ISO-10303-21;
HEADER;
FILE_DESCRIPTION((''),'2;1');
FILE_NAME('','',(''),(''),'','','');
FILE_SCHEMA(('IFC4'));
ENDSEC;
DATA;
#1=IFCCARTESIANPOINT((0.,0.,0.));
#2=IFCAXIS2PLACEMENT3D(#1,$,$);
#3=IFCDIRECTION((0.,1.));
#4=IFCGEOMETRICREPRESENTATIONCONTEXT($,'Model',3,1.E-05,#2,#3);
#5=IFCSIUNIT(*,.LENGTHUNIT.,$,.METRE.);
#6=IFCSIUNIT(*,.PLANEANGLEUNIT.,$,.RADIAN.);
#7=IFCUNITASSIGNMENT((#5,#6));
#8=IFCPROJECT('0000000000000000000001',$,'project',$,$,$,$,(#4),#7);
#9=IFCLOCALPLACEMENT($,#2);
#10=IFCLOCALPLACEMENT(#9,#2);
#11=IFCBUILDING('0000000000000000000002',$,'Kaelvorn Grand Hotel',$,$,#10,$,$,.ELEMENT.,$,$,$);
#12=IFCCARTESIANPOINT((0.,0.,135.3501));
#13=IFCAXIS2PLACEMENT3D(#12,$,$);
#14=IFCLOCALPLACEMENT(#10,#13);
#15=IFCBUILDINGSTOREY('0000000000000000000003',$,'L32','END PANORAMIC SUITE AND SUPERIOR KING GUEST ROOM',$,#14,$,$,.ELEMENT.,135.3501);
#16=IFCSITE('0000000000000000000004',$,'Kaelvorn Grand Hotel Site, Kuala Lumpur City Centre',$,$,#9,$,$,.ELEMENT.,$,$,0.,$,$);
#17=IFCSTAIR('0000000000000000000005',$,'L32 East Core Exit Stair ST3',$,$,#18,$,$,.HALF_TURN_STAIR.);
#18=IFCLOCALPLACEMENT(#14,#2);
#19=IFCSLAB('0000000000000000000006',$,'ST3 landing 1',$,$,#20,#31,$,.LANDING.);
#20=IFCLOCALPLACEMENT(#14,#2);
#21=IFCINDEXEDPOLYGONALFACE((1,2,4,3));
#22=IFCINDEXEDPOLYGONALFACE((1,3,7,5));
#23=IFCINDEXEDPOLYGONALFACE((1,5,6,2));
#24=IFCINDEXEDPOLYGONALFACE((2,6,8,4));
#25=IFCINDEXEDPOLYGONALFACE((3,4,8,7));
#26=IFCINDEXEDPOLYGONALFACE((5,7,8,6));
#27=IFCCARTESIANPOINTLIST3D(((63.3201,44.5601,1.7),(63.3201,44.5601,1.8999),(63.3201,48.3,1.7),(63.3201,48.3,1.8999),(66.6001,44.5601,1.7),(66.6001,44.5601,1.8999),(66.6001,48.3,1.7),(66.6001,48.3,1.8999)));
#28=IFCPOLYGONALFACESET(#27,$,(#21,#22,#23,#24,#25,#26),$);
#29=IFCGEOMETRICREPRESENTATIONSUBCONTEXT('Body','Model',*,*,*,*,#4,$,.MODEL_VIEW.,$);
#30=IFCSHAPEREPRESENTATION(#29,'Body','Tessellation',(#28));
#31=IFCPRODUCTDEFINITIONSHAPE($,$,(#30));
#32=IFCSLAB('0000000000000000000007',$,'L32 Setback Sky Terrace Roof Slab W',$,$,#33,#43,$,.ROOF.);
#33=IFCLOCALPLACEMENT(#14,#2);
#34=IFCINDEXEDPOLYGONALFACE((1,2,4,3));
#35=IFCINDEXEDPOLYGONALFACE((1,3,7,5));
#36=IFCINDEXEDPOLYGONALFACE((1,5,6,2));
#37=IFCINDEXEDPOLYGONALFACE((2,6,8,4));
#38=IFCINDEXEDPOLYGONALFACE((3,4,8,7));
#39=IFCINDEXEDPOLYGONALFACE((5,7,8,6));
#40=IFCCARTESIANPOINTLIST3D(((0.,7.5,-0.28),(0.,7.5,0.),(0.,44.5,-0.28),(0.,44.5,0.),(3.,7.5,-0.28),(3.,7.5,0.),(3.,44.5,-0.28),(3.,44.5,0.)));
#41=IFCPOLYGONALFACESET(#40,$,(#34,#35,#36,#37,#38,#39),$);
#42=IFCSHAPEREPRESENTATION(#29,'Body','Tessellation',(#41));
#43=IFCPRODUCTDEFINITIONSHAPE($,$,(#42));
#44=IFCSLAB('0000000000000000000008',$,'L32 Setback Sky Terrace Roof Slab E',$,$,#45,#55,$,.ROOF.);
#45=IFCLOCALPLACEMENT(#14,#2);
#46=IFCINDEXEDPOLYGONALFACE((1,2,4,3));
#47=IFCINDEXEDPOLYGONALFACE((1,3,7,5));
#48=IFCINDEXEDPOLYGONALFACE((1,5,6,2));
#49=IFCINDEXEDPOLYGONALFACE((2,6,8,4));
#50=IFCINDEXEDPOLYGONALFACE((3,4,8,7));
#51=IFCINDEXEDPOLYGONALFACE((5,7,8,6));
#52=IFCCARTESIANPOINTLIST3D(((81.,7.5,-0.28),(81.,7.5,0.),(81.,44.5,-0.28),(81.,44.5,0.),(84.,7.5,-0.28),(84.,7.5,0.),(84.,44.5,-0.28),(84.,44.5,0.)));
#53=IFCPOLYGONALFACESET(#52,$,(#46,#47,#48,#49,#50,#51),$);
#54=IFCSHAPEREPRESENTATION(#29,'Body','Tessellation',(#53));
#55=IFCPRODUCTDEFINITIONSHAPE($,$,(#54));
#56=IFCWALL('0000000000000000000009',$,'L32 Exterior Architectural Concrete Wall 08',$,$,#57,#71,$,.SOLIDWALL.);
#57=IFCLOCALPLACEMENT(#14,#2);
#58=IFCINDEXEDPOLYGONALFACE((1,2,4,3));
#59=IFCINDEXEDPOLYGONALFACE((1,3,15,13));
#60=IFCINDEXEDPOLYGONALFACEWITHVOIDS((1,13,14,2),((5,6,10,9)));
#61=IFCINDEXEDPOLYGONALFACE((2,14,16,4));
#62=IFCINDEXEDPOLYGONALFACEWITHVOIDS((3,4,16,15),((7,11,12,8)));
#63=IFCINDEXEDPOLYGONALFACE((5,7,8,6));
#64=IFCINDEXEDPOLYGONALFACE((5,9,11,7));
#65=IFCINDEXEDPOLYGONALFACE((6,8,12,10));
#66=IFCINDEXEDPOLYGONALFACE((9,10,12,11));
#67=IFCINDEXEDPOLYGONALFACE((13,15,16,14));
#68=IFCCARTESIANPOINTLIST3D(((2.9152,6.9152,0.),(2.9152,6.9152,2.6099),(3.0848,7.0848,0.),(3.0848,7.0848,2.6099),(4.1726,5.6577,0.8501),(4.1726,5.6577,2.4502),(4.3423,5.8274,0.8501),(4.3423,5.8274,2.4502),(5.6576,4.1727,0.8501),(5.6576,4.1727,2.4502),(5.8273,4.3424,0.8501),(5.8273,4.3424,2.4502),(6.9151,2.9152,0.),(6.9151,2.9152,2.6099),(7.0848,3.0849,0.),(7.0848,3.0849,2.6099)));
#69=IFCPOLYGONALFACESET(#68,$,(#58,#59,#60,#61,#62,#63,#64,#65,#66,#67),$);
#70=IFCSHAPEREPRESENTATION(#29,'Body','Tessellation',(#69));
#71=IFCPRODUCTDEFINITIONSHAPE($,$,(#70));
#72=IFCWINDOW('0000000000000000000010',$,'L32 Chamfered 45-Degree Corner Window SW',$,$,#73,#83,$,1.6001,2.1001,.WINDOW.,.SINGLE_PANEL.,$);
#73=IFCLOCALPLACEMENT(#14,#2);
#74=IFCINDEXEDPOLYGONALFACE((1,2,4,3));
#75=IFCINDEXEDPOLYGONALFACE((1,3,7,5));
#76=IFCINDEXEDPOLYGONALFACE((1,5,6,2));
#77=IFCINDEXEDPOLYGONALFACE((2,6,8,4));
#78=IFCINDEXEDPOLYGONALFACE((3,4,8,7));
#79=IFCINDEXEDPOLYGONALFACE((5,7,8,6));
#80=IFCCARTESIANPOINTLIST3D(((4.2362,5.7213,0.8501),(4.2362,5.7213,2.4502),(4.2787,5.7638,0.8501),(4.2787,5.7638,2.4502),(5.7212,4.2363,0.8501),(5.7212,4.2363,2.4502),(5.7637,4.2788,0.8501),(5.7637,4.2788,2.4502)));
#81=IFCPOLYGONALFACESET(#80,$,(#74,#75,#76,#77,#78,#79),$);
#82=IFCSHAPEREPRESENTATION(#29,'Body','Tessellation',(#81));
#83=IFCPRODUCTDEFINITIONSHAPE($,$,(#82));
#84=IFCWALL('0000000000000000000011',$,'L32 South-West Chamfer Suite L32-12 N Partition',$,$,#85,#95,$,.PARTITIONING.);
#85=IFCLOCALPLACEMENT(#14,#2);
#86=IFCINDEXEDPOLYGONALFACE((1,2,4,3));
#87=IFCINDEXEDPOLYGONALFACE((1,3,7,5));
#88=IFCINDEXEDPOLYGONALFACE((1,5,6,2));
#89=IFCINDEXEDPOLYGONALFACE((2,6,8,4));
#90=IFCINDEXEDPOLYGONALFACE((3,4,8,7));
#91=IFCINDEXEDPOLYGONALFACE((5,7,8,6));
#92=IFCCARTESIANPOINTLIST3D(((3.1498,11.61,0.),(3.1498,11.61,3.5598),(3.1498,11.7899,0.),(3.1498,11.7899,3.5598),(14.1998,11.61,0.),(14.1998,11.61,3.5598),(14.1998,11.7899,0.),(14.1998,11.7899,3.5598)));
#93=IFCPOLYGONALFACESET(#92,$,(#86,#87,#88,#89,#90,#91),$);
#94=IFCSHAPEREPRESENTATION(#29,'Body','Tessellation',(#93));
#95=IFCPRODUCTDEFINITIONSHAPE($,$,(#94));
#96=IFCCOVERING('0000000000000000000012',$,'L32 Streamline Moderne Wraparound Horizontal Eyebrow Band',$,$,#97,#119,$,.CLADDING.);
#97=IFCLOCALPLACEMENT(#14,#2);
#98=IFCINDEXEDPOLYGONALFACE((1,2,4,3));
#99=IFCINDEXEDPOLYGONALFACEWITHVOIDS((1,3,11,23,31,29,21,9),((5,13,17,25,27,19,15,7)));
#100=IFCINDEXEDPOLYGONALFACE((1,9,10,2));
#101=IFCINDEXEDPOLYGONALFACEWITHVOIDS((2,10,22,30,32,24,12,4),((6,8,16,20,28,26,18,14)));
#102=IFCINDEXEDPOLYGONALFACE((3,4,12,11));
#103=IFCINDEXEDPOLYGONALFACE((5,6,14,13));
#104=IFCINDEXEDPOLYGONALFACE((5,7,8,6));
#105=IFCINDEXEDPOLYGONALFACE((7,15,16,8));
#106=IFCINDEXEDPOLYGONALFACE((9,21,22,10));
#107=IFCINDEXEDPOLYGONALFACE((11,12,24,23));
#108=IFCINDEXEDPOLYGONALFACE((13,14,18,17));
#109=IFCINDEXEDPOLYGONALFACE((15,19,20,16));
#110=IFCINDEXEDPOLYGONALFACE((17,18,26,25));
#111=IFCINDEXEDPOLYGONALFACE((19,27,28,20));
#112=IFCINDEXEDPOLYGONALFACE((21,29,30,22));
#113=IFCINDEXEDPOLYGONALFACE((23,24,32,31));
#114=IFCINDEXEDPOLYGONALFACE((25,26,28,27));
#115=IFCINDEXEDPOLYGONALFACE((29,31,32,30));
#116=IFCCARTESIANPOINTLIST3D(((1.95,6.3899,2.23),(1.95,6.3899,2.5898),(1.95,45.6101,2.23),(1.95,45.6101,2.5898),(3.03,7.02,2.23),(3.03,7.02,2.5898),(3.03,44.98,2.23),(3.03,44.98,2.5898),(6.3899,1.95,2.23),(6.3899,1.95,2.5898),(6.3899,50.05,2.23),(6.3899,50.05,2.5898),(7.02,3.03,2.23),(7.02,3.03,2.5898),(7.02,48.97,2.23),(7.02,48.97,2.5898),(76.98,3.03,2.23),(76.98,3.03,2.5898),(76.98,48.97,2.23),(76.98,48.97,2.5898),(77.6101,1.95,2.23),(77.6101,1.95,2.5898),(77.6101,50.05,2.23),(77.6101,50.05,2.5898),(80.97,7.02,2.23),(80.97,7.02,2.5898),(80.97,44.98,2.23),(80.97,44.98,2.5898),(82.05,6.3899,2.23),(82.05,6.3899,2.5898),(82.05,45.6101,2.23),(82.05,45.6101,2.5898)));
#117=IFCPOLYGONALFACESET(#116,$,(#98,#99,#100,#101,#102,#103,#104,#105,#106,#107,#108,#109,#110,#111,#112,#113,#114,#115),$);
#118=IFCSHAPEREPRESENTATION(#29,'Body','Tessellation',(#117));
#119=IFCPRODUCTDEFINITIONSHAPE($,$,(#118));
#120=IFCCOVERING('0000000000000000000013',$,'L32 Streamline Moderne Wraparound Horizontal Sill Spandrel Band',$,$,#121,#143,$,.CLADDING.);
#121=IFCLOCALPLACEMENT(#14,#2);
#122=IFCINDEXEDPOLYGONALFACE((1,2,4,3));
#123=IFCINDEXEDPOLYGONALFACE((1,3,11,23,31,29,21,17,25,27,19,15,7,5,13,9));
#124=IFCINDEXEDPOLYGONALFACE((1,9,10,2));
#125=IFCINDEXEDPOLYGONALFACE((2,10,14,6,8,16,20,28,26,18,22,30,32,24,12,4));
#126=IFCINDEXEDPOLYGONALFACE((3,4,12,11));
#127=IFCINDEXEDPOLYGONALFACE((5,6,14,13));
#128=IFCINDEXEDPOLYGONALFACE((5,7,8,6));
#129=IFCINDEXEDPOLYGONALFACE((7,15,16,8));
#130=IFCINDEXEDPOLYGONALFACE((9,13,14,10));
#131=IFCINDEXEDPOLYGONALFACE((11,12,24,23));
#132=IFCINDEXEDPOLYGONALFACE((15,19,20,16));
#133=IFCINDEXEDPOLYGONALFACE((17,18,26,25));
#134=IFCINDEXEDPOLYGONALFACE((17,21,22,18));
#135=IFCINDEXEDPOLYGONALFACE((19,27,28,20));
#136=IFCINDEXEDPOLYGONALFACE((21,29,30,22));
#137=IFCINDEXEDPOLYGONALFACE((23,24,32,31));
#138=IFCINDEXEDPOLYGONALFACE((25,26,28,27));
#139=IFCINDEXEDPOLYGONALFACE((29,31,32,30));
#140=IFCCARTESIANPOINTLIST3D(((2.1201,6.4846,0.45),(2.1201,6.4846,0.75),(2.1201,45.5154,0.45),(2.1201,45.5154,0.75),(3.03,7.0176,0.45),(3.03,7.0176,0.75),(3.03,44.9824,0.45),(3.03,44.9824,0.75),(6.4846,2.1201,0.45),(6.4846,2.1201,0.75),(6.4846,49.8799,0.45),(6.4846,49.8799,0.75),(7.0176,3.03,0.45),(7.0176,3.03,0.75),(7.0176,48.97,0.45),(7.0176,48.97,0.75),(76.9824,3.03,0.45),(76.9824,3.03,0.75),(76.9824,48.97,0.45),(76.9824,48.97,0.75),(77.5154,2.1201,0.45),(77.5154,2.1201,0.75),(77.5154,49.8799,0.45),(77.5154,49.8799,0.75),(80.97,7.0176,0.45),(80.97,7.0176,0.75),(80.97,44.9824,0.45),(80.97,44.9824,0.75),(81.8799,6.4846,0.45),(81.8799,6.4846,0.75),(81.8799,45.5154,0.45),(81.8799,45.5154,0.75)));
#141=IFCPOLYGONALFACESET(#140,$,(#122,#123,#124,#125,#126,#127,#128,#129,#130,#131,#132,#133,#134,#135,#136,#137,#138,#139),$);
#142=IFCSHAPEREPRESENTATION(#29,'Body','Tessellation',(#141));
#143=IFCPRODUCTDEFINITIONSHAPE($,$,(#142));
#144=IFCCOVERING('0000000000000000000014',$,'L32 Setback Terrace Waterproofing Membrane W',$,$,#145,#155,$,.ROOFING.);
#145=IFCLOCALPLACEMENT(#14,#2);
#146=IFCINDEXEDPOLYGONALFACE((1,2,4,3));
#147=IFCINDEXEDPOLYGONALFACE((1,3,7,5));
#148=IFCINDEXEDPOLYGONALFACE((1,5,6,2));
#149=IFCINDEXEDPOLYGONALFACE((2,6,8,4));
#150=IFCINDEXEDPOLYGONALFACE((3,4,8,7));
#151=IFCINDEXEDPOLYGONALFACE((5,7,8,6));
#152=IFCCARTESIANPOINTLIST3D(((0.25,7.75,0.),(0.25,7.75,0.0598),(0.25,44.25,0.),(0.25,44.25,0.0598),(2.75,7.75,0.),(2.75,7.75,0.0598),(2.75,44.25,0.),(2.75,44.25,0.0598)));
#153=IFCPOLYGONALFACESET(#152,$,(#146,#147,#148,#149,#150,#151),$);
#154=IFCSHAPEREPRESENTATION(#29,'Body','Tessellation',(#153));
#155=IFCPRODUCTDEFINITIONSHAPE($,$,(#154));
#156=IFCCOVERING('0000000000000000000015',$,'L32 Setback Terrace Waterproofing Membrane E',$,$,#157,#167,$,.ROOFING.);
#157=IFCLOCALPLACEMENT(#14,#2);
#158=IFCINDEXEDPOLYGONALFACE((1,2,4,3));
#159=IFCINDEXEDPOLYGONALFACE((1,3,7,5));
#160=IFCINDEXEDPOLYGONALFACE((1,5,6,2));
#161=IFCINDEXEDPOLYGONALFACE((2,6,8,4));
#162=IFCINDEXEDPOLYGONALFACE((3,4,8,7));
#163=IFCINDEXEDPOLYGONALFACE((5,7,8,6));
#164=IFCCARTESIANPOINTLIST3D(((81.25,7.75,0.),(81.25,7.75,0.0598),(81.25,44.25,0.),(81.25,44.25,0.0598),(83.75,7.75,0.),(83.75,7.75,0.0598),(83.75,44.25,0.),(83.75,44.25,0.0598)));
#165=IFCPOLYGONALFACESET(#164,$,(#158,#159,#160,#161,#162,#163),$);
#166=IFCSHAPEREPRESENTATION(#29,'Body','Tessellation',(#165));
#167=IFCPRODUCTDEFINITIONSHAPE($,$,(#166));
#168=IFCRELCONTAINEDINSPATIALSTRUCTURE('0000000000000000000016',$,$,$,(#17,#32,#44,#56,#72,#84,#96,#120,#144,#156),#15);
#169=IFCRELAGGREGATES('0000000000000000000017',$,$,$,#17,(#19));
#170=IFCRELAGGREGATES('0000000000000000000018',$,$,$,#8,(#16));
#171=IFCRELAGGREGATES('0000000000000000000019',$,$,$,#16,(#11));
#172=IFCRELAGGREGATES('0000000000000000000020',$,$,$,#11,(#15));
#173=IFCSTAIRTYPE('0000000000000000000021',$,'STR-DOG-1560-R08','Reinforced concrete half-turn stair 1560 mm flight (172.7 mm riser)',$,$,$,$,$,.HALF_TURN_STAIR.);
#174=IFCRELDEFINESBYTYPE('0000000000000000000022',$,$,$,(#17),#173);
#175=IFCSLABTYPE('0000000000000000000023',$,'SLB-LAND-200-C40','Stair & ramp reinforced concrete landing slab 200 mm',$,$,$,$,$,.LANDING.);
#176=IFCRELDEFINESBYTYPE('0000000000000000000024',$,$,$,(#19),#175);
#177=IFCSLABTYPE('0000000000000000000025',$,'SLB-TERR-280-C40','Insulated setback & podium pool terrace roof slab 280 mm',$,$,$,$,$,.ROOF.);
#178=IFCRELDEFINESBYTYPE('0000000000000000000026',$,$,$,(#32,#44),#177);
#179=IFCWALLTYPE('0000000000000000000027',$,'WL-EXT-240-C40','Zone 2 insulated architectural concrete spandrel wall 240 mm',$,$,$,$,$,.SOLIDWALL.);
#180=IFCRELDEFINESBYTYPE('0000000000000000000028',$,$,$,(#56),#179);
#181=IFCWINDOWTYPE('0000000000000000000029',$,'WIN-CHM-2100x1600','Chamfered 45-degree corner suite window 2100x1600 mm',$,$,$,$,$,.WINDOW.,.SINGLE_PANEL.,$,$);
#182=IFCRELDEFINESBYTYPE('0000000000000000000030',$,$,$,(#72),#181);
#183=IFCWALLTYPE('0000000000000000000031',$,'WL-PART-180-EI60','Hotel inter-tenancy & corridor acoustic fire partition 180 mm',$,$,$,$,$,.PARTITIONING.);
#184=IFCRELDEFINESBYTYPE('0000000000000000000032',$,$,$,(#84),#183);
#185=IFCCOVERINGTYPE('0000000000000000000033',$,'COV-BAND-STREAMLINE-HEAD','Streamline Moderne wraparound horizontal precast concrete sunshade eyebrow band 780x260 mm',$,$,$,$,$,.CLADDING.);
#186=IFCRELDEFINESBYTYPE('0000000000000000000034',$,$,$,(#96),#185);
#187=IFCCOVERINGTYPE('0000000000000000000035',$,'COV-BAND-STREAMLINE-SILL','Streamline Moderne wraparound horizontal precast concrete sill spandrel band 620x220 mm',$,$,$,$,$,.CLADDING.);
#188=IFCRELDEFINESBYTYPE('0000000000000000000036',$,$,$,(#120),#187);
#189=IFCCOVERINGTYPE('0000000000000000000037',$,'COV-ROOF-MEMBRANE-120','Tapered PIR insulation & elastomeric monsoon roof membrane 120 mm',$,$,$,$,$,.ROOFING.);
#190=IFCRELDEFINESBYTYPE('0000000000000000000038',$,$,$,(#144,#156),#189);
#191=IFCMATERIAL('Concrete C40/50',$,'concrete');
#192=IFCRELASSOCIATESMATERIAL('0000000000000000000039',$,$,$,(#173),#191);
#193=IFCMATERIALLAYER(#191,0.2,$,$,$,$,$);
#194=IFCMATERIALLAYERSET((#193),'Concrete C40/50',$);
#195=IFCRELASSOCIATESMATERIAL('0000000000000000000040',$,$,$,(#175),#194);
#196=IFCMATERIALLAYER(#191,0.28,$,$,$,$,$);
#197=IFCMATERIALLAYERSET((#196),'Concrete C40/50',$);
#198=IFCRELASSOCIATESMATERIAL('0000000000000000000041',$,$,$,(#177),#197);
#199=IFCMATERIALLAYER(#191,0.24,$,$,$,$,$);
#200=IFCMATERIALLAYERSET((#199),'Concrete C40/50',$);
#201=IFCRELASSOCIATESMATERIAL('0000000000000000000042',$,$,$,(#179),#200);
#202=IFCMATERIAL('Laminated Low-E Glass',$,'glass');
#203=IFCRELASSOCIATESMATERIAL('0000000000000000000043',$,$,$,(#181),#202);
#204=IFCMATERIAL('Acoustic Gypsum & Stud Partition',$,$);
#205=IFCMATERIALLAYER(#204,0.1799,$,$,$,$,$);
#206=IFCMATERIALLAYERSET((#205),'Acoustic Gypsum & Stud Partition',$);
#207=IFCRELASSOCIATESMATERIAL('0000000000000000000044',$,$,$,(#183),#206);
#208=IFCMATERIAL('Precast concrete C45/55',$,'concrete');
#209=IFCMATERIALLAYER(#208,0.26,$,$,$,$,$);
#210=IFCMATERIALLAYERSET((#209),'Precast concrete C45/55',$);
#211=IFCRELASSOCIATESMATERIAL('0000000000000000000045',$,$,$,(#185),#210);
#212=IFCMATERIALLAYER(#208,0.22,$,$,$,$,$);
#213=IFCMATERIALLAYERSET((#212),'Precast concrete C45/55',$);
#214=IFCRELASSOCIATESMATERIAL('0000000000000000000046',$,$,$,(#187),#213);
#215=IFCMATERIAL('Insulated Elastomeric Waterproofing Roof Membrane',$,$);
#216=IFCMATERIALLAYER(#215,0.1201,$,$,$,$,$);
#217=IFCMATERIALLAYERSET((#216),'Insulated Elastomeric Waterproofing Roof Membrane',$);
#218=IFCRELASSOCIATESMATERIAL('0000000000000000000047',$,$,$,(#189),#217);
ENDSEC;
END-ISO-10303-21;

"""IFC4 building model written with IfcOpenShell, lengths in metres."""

from ifc_helpers import new_model, si_unit, direction, frame, frame_2d, origin, place, context, subcontext, project, spatial, polyline, rectangle, outline, extrude, material, layer, layer_set, type_object, element, fill, aggregate, save


model = new_model("IFC4")

# Units and contexts
model_context = context("Model", 3, precision=1e-05, world=origin(), true_north=direction((0.0, 1.0)))
body_context = subcontext(model_context, "Body", "Model", "MODEL_VIEW")
ifc_project = project(units=[si_unit("LENGTHUNIT", "METRE"), si_unit("PLANEANGLEUNIT", "RADIAN")], contexts=[model_context])

# Site, building, storey
site_placement = place(None, origin())
site = spatial("IfcSite", under=ifc_project, at=site_placement, Name="Kaelvorn Grand Hotel Site, Kuala Lumpur City Centre", CompositionType="ELEMENT", RefElevation=0.0)
building_placement = place(site_placement, origin())
building = spatial("IfcBuilding", under=site, at=building_placement, Name="Kaelvorn Grand Hotel", CompositionType="ELEMENT")
storey_placement = place(building_placement, frame((0.0, 0.0, 135.3501)))
storey = spatial("IfcBuildingStorey", under=building, at=storey_placement, Name="L32", Description="END PANORAMIC SUITE AND SUPERIOR KING GUEST ROOM", CompositionType="ELEMENT", Elevation=135.3501)

# Shared definitions
ifc_material_1 = material(Name="Precast concrete C45/55", Category="concrete")

# Shared definitions
ifc_material_2 = material(Name="Concrete C40/50", Category="concrete")

# Stair, slab
stair_type = type_object("IfcStairType", Name="STR-DOG-1560-R08", Description="Reinforced concrete half-turn stair 1560 mm flight (172.7 mm riser)", PredefinedType="HALF_TURN_STAIR", material=ifc_material_2)
ifc_layer_1 = layer(ifc_material_2, 0.2)
ifc_layer_set_1 = layer_set([ifc_layer_1], Name="Concrete C40/50")
slab_type_1 = type_object("IfcSlabType", Name="SLB-LAND-200-C40", Description="Stair & ramp reinforced concrete landing slab 200 mm", PredefinedType="LANDING", material=ifc_layer_set_1)
stair_1_placement = place(storey_placement, origin())
stair_1 = element("IfcStair", 1, at=stair_1_placement, inside=storey, type_object=stair_type, Name="L32 East Core Exit Stair ST3", PredefinedType="HALF_TURN_STAIR")
slab_1_placement = place(storey_placement, frame((0.0, 0.0, 1.7)))
slab_1 = element("IfcSlab", 2, at=slab_1_placement, type_object=slab_type_1, Name="ST3 landing 1", PredefinedType="LANDING", context=body_context, shape_type="SweptSolid", body=[
    extrude(outline(polyline([(66.6001, 44.5601), (66.6001, 48.3), (63.3201, 48.3), (63.3201, 44.5601), (66.6001, 44.5601)])), origin(), (0.0, 0.0, 1.0), 0.2),
])
aggregate(stair_1, [slab_1])

# Slabs
ifc_layer_2 = layer(ifc_material_2, 0.28)
ifc_layer_set_2 = layer_set([ifc_layer_2], Name="Concrete C40/50")
slab_type_2 = type_object("IfcSlabType", Name="SLB-TERR-280-C40", Description="Insulated setback & podium pool terrace roof slab 280 mm", PredefinedType="ROOF", material=ifc_layer_set_2)
slab_2_placement = place(storey_placement, frame((0.0, 0.0, -0.28)))
element("IfcSlab", 3, at=slab_2_placement, inside=storey, type_object=slab_type_2, Name="L32 Setback Sky Terrace Roof Slab W", PredefinedType="ROOF", context=body_context, shape_type="SweptSolid", body=[
    extrude(outline(polyline([(0.0, 7.5), (3.0, 7.5), (3.0, 44.5), (0.0, 44.5), (0.0, 7.5)])), origin(), (0.0, 0.0, 1.0), 0.28),
])
slab_3_placement = place(storey_placement, frame((0.0, 0.0, -0.28)))
element("IfcSlab", 4, at=slab_3_placement, inside=storey, type_object=slab_type_2, Name="L32 Setback Sky Terrace Roof Slab E", PredefinedType="ROOF", context=body_context, shape_type="SweptSolid", body=[
    extrude(outline(polyline([(81.0, 7.5), (84.0, 7.5), (84.0, 44.5), (81.0, 44.5), (81.0, 7.5)])), origin(), (0.0, 0.0, 1.0), 0.28),
])

# Wall, opening, window
ifc_layer_3 = layer(ifc_material_2, 0.24)
ifc_layer_set_3 = layer_set([ifc_layer_3], Name="Concrete C40/50")
wall_type_1 = type_object("IfcWallType", Name="WL-EXT-240-C40", Description="Zone 2 insulated architectural concrete spandrel wall 240 mm", PredefinedType="SOLIDWALL", material=ifc_layer_set_3)
wall_1_placement = place(storey_placement, frame((3.0, 7.0, 0.0), z_axis=(0.0, 0.0, 1.0), x_axis=(0.707107, -0.707107, 0.0)))
wall_1 = element("IfcWall", 5, at=wall_1_placement, inside=storey, type_object=wall_type_1, Name="L32 Exterior Architectural Concrete Wall 08", PredefinedType="SOLIDWALL", context=body_context, shape_type="SweptSolid", body=[
    extrude(rectangle(XDim=5.6567, YDim=0.24, at=frame_2d((2.8284, 0.0))), origin(), (0.0, 0.0, 1.0), 2.6099),
])
opening_placement = place(wall_1_placement, frame((1.7783, 0.0, 0.8501)))
opening = element("IfcOpeningElement", 6, at=opening_placement, cuts=wall_1, PredefinedType="OPENING", context=body_context, shape_type="SweptSolid", body=[
    extrude(rectangle(XDim=2.1001, YDim=1.6001, at=frame_2d((1.05, 0.8))), frame((0.0, 0.1299, 0.0), z_axis=(0.0, -1.0, 0.0), x_axis=(1.0, 0.0, 0.0)), (0.0, 0.0, 1.0), 0.26),
])
ifc_material_3 = material(Name="Laminated Low-E Glass", Category="glass")
window_type = type_object("IfcWindowType", Name="WIN-CHM-2100x1600", Description="Chamfered 45-degree corner suite window 2100x1600 mm", PartitioningType="SINGLE_PANEL", PredefinedType="WINDOW", material=ifc_material_3)
window_placement = place(opening_placement, origin())
window = element("IfcWindow", 7, at=window_placement, inside=storey, type_object=window_type, Name="L32 Chamfered 45-Degree Corner Window SW", OverallHeight=1.6001, OverallWidth=2.1001, PartitioningType="SINGLE_PANEL", PredefinedType="WINDOW", context=body_context, shape_type="SweptSolid", body=[
    extrude(rectangle(XDim=2.1001, YDim=1.6001, at=frame_2d((1.05, 0.8))), frame((0.0, 0.03, 0.0), z_axis=(0.0, -1.0, 0.0), x_axis=(1.0, 0.0, 0.0)), (0.0, 0.0, 1.0), 0.0601),
])
fill(opening, window)

# Wall
ifc_material_4 = material(Name="Acoustic Gypsum & Stud Partition")
ifc_layer_4 = layer(ifc_material_4, 0.1799)
ifc_layer_set_4 = layer_set([ifc_layer_4], Name="Acoustic Gypsum & Stud Partition")
wall_type_2 = type_object("IfcWallType", Name="WL-PART-180-EI60", Description="Hotel inter-tenancy & corridor acoustic fire partition 180 mm", PredefinedType="PARTITIONING", material=ifc_layer_set_4)
wall_2_placement = place(storey_placement, frame((3.1499, 11.7, 0.0), z_axis=(0.0, 0.0, 1.0), x_axis=(1.0, 0.0, 0.0)))
element("IfcWall", 8, at=wall_2_placement, inside=storey, type_object=wall_type_2, Name="L32 South-West Chamfer Suite L32-12 N Partition", PredefinedType="PARTITIONING", context=body_context, shape_type="SweptSolid", body=[
    extrude(rectangle(XDim=11.05, YDim=0.1799, at=frame_2d((5.5249, 0.0))), origin(), (0.0, 0.0, 1.0), 3.5598),
])

# Coverings
ifc_layer_5 = layer(ifc_material_1, 0.26)
ifc_layer_set_5 = layer_set([ifc_layer_5], Name="Precast concrete C45/55")
covering_type_1 = type_object("IfcCoveringType", Name="COV-BAND-STREAMLINE-HEAD", Description="Streamline Moderne wraparound horizontal precast concrete sunshade eyebrow band 780x260 mm", PredefinedType="CLADDING", material=ifc_layer_set_5)
covering_1_placement = place(storey_placement, frame((0.0, 0.0, 2.23)))
element("IfcCovering", 9, at=covering_1_placement, inside=storey, type_object=covering_type_1, Name="L32 Streamline Moderne Wraparound Horizontal Eyebrow Band", PredefinedType="CLADDING", context=body_context, shape_type="SweptSolid", body=[
    extrude(outline(polyline([(6.3899, 1.95), (77.6101, 1.95), (82.05, 6.3899), (82.05, 45.6101), (77.6101, 50.05), (6.3899, 50.05), (1.95, 45.6101), (1.95, 6.3899), (6.3899, 1.95)]), holes=[polyline([(7.02, 3.03), (76.98, 3.03), (80.97, 7.02), (80.97, 44.98), (76.98, 48.97), (7.02, 48.97), (3.03, 44.98), (3.03, 7.02), (7.02, 3.03)])]), origin(), (0.0, 0.0, 1.0), 0.3599),
])
ifc_layer_6 = layer(ifc_material_1, 0.22)
ifc_layer_set_6 = layer_set([ifc_layer_6], Name="Precast concrete C45/55")
covering_type_2 = type_object("IfcCoveringType", Name="COV-BAND-STREAMLINE-SILL", Description="Streamline Moderne wraparound horizontal precast concrete sill spandrel band 620x220 mm", PredefinedType="CLADDING", material=ifc_layer_set_6)
covering_2_placement = place(storey_placement, frame((0.0, 0.0, 0.45)))
element("IfcCovering", 10, at=covering_2_placement, inside=storey, type_object=covering_type_2, Name="L32 Streamline Moderne Wraparound Horizontal Sill Spandrel Band", PredefinedType="CLADDING", context=body_context, shape_type="SweptSolid", body=[
    extrude(outline(polyline([(77.5154, 2.1201), (81.8799, 6.4846), (81.8799, 45.5154), (77.5154, 49.8799), (6.4846, 49.8799), (2.1201, 45.5154), (2.1201, 6.4846), (6.4846, 2.1201), (7.0176, 3.03), (3.03, 7.0176), (3.03, 44.9824), (7.0176, 48.97), (76.9824, 48.97), (80.97, 44.9824), (80.97, 7.0176), (76.9824, 3.03), (77.5154, 2.1201)])), origin(), (0.0, 0.0, 1.0), 0.3),
])
ifc_material_5 = material(Name="Insulated Elastomeric Waterproofing Roof Membrane")
ifc_layer_7 = layer(ifc_material_5, 0.1201)
ifc_layer_set_7 = layer_set([ifc_layer_7], Name="Insulated Elastomeric Waterproofing Roof Membrane")
covering_type_3 = type_object("IfcCoveringType", Name="COV-ROOF-MEMBRANE-120", Description="Tapered PIR insulation & elastomeric monsoon roof membrane 120 mm", PredefinedType="ROOFING", material=ifc_layer_set_7)
covering_3_placement = place(storey_placement, origin())
element("IfcCovering", 11, at=covering_3_placement, inside=storey, type_object=covering_type_3, Name="L32 Setback Terrace Waterproofing Membrane W", PredefinedType="ROOFING", context=body_context, shape_type="SweptSolid", body=[
    extrude(outline(polyline([(0.25, 7.75), (2.75, 7.75), (2.75, 44.25), (0.25, 44.25), (0.25, 7.75)])), origin(), (0.0, 0.0, 1.0), 0.0598),
])
covering_4_placement = place(storey_placement, origin())
element("IfcCovering", 12, at=covering_4_placement, inside=storey, type_object=covering_type_3, Name="L32 Setback Terrace Waterproofing Membrane E", PredefinedType="ROOFING", context=body_context, shape_type="SweptSolid", body=[
    extrude(outline(polyline([(81.25, 7.75), (83.75, 7.75), (83.75, 44.25), (81.25, 44.25), (81.25, 7.75)])), origin(), (0.0, 0.0, 1.0), 0.0598),
])

save(model, "model.ifc")
